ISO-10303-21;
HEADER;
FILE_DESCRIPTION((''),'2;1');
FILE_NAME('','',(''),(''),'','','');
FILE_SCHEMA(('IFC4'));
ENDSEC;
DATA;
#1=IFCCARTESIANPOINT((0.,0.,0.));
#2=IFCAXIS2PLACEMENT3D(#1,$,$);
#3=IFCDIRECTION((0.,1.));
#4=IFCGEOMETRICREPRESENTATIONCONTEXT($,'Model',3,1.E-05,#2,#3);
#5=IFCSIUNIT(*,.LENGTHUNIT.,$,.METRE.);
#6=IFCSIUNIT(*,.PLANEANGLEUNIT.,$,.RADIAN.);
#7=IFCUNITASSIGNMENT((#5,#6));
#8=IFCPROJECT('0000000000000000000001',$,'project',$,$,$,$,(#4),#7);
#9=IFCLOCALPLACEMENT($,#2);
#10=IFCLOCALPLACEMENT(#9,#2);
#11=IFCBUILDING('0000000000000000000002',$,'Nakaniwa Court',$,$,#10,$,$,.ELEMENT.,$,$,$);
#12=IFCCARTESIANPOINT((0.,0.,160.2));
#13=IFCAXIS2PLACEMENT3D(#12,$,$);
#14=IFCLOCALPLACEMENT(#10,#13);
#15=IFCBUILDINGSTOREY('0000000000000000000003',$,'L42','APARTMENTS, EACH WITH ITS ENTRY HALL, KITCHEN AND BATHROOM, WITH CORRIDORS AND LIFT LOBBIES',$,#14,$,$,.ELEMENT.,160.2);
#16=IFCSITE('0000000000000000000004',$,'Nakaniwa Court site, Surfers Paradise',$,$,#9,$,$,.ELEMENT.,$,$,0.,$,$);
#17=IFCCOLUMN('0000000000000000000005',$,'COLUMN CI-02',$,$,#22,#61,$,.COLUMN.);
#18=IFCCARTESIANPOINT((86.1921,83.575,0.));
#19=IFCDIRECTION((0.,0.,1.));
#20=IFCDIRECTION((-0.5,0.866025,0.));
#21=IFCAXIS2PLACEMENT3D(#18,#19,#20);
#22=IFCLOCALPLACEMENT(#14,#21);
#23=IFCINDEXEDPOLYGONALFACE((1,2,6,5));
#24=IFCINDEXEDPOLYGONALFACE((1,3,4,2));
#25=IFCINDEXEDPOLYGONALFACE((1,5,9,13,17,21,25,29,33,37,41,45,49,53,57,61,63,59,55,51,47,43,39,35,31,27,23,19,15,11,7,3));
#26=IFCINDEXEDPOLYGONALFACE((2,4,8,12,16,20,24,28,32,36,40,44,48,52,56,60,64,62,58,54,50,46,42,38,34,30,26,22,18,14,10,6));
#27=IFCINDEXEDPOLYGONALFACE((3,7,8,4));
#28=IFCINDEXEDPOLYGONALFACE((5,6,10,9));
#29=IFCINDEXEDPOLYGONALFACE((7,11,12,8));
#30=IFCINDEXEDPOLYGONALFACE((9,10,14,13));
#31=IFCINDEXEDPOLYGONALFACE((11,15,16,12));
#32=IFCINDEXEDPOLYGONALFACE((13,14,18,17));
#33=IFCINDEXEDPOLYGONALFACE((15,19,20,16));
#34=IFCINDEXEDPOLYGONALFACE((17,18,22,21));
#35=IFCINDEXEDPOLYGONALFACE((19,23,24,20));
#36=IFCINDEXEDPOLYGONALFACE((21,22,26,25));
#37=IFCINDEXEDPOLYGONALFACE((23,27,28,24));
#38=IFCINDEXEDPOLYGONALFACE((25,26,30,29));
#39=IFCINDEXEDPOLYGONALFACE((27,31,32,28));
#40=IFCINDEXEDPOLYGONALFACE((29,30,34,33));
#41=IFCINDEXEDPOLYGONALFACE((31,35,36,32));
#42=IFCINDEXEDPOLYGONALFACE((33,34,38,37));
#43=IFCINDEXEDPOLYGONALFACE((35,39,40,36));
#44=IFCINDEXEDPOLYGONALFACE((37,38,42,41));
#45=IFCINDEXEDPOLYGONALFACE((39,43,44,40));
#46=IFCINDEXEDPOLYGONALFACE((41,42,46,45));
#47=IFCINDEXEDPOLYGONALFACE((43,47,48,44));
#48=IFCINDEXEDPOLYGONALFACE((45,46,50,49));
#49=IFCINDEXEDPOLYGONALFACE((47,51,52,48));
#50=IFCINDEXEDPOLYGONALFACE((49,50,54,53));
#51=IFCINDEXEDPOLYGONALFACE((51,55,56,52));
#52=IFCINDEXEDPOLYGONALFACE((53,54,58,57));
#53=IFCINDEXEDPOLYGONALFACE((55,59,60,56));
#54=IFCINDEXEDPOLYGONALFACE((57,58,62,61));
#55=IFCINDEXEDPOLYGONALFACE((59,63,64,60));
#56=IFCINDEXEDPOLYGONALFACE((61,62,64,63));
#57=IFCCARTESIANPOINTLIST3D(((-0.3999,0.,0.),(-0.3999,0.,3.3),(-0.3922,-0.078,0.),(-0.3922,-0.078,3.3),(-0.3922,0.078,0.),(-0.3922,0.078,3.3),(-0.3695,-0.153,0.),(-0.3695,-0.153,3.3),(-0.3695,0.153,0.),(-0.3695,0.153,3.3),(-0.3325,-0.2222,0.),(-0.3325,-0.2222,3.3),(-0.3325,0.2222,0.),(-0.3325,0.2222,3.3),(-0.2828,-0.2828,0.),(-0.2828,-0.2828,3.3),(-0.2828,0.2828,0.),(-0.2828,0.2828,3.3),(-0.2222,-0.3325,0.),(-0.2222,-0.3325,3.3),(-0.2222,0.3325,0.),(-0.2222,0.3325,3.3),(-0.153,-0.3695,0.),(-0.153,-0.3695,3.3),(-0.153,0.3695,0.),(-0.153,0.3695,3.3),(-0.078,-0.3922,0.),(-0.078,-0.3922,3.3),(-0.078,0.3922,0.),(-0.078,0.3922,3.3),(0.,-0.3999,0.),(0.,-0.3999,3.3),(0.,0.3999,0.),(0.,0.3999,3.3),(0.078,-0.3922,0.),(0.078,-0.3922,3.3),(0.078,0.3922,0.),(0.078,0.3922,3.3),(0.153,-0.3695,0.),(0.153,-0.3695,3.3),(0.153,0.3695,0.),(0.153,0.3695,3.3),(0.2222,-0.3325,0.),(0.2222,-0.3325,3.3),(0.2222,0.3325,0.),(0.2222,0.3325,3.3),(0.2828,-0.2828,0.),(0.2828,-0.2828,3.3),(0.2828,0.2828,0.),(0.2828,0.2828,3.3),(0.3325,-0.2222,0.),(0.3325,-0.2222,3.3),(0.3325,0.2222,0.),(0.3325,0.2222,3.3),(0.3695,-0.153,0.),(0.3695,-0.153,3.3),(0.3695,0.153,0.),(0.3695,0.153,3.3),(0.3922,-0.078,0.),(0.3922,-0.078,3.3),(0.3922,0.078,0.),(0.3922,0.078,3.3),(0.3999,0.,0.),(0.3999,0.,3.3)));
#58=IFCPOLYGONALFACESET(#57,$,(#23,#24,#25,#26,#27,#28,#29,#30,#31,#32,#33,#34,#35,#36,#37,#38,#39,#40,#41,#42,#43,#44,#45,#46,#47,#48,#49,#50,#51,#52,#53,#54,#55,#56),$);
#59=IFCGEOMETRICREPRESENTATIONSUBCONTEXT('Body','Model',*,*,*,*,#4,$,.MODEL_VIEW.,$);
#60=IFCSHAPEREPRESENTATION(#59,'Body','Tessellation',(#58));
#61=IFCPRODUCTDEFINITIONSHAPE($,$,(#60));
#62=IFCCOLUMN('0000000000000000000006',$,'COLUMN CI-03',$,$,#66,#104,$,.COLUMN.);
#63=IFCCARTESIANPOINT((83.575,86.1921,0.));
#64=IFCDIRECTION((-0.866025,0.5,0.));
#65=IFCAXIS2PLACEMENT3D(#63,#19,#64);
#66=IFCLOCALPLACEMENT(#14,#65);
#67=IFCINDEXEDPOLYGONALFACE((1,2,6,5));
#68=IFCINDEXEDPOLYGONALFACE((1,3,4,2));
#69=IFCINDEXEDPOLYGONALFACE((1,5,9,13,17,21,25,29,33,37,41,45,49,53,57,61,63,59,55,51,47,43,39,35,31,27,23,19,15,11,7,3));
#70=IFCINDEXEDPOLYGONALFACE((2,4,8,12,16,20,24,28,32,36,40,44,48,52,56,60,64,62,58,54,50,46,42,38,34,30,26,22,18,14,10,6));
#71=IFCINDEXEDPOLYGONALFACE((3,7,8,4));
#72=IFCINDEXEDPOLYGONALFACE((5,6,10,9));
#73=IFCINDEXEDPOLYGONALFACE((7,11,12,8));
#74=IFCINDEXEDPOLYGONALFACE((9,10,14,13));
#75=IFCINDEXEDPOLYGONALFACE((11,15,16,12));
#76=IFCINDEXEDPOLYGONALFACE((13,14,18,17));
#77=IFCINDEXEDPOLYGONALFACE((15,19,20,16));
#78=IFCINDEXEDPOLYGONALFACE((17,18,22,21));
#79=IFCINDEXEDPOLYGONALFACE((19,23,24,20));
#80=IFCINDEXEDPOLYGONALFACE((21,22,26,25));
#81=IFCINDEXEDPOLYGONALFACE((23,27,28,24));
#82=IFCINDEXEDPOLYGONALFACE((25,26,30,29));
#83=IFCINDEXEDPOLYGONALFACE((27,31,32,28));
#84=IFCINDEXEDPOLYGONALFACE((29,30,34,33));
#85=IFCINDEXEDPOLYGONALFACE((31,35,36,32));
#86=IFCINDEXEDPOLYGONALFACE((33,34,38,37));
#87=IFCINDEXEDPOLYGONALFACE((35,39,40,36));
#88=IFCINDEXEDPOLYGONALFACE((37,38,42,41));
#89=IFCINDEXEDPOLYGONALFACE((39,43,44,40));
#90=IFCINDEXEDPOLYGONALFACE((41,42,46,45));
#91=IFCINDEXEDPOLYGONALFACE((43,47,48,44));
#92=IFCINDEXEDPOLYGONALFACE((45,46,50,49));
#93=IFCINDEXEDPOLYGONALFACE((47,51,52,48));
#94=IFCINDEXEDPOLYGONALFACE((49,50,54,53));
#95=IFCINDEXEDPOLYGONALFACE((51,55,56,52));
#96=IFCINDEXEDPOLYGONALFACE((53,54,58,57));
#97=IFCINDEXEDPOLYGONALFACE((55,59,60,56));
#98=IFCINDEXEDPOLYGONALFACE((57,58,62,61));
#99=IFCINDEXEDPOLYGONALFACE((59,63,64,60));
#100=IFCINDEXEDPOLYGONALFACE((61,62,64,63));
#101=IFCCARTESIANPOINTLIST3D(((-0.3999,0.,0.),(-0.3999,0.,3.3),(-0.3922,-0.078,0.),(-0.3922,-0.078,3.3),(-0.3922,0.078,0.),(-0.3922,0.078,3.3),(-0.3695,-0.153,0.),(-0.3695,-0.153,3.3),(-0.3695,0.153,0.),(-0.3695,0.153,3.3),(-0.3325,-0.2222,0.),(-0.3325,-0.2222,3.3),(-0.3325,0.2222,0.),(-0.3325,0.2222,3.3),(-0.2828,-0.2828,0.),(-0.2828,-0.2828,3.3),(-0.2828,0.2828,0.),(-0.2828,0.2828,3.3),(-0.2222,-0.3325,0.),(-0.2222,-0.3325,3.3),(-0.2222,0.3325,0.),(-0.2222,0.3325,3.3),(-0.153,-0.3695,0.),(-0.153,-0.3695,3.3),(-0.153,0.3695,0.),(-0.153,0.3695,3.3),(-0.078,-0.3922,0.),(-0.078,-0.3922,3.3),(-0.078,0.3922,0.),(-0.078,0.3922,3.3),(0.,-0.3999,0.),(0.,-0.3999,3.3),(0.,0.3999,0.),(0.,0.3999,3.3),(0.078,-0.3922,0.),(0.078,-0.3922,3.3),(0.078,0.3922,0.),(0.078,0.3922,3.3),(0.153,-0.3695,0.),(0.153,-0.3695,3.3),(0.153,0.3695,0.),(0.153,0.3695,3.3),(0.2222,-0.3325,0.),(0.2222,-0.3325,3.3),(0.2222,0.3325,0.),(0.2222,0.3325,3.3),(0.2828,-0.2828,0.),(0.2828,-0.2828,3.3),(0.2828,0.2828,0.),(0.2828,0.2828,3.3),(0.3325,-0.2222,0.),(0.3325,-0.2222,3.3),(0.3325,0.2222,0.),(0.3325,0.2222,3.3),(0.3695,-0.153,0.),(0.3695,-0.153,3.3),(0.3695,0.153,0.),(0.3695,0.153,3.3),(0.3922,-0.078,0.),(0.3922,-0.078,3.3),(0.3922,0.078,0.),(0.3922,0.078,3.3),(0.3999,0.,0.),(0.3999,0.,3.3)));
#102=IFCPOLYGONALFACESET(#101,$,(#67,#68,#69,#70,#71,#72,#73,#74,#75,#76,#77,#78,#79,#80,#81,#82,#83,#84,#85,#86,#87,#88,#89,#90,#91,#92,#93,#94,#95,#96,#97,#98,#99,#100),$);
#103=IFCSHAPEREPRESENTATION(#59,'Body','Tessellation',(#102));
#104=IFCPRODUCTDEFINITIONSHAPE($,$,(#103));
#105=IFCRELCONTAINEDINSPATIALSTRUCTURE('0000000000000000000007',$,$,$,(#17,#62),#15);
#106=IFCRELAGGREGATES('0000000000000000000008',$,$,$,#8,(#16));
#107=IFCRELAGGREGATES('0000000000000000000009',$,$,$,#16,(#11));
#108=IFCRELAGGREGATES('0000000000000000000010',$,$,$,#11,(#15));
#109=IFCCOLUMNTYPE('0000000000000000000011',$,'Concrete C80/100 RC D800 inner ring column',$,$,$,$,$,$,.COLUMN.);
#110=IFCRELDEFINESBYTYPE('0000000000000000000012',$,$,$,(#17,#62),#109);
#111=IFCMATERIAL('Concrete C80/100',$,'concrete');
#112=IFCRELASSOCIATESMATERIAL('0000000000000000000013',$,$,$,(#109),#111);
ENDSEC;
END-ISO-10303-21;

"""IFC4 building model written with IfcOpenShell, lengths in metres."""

from ifc_helpers import new_model, si_unit, direction, frame, origin, origin_2d, place, context, subcontext, project, spatial, circle, extrude, material, material_profile, profile_set, type_object, element, save


model = new_model("IFC4")

# Units and contexts
model_context = context("Model", 3, precision=1e-05, world=origin(), true_north=direction((0.0, 1.0)))
body_context = subcontext(model_context, "Body", "Model", "MODEL_VIEW")
ifc_project = project(units=[si_unit("LENGTHUNIT", "METRE"), si_unit("PLANEANGLEUNIT", "RADIAN")], contexts=[model_context])

# Site, building, storey
site_placement = place(None, origin())
site = spatial("IfcSite", under=ifc_project, at=site_placement, Name="Nakaniwa Court site, Surfers Paradise", CompositionType="ELEMENT", RefElevation=0.0)
building_placement = place(site_placement, origin())
building = spatial("IfcBuilding", under=site, at=building_placement, Name="Nakaniwa Court", CompositionType="ELEMENT")
storey_placement = place(building_placement, frame((0.0, 0.0, 160.2)))
storey = spatial("IfcBuildingStorey", under=building, at=storey_placement, Name="L42", Description="APARTMENTS, EACH WITH ITS ENTRY HALL, KITCHEN AND BATHROOM, WITH CORRIDORS AND LIFT LOBBIES", CompositionType="ELEMENT", Elevation=160.2)

# Columns
ifc_material_1 = material(Name="Concrete C80/100", Category="concrete")
ifc_material_profile_1 = material_profile(ifc_material_1, circle(Radius=0.3999, at=origin_2d()), Name="Concrete C80/100 RC D800 inner ring column")
ifc_profile_set_1 = profile_set([ifc_material_profile_1], Name="Concrete C80/100")
column_type_1 = type_object("IfcColumnType", Name="Concrete C80/100 RC D800 inner ring column", PredefinedType="COLUMN", material=ifc_profile_set_1)
for number, where, z_axis, x_axis, name in (
    (1, (86.1921, 83.575, 0.0), (0.0, 0.0, 1.0), (-0.5, 0.866025, 0.0), "COLUMN CI-02"),
    (2, (83.575, 86.1921, 0.0), (0.0, 0.0, 1.0), (-0.866025, 0.5, 0.0), "COLUMN CI-03"),
):
    element("IfcColumn", number, at=place(storey_placement, frame(where, z_axis=z_axis, x_axis=x_axis)), inside=storey, type_object=column_type_1, Name=name, PredefinedType="COLUMN", context=body_context, shape_type="SweptSolid", body=[
        extrude(circle(Radius=0.3999, at=origin_2d()), origin(), (0.0, 0.0, 1.0), 3.3),
    ])

save(model, "model.ifc")
